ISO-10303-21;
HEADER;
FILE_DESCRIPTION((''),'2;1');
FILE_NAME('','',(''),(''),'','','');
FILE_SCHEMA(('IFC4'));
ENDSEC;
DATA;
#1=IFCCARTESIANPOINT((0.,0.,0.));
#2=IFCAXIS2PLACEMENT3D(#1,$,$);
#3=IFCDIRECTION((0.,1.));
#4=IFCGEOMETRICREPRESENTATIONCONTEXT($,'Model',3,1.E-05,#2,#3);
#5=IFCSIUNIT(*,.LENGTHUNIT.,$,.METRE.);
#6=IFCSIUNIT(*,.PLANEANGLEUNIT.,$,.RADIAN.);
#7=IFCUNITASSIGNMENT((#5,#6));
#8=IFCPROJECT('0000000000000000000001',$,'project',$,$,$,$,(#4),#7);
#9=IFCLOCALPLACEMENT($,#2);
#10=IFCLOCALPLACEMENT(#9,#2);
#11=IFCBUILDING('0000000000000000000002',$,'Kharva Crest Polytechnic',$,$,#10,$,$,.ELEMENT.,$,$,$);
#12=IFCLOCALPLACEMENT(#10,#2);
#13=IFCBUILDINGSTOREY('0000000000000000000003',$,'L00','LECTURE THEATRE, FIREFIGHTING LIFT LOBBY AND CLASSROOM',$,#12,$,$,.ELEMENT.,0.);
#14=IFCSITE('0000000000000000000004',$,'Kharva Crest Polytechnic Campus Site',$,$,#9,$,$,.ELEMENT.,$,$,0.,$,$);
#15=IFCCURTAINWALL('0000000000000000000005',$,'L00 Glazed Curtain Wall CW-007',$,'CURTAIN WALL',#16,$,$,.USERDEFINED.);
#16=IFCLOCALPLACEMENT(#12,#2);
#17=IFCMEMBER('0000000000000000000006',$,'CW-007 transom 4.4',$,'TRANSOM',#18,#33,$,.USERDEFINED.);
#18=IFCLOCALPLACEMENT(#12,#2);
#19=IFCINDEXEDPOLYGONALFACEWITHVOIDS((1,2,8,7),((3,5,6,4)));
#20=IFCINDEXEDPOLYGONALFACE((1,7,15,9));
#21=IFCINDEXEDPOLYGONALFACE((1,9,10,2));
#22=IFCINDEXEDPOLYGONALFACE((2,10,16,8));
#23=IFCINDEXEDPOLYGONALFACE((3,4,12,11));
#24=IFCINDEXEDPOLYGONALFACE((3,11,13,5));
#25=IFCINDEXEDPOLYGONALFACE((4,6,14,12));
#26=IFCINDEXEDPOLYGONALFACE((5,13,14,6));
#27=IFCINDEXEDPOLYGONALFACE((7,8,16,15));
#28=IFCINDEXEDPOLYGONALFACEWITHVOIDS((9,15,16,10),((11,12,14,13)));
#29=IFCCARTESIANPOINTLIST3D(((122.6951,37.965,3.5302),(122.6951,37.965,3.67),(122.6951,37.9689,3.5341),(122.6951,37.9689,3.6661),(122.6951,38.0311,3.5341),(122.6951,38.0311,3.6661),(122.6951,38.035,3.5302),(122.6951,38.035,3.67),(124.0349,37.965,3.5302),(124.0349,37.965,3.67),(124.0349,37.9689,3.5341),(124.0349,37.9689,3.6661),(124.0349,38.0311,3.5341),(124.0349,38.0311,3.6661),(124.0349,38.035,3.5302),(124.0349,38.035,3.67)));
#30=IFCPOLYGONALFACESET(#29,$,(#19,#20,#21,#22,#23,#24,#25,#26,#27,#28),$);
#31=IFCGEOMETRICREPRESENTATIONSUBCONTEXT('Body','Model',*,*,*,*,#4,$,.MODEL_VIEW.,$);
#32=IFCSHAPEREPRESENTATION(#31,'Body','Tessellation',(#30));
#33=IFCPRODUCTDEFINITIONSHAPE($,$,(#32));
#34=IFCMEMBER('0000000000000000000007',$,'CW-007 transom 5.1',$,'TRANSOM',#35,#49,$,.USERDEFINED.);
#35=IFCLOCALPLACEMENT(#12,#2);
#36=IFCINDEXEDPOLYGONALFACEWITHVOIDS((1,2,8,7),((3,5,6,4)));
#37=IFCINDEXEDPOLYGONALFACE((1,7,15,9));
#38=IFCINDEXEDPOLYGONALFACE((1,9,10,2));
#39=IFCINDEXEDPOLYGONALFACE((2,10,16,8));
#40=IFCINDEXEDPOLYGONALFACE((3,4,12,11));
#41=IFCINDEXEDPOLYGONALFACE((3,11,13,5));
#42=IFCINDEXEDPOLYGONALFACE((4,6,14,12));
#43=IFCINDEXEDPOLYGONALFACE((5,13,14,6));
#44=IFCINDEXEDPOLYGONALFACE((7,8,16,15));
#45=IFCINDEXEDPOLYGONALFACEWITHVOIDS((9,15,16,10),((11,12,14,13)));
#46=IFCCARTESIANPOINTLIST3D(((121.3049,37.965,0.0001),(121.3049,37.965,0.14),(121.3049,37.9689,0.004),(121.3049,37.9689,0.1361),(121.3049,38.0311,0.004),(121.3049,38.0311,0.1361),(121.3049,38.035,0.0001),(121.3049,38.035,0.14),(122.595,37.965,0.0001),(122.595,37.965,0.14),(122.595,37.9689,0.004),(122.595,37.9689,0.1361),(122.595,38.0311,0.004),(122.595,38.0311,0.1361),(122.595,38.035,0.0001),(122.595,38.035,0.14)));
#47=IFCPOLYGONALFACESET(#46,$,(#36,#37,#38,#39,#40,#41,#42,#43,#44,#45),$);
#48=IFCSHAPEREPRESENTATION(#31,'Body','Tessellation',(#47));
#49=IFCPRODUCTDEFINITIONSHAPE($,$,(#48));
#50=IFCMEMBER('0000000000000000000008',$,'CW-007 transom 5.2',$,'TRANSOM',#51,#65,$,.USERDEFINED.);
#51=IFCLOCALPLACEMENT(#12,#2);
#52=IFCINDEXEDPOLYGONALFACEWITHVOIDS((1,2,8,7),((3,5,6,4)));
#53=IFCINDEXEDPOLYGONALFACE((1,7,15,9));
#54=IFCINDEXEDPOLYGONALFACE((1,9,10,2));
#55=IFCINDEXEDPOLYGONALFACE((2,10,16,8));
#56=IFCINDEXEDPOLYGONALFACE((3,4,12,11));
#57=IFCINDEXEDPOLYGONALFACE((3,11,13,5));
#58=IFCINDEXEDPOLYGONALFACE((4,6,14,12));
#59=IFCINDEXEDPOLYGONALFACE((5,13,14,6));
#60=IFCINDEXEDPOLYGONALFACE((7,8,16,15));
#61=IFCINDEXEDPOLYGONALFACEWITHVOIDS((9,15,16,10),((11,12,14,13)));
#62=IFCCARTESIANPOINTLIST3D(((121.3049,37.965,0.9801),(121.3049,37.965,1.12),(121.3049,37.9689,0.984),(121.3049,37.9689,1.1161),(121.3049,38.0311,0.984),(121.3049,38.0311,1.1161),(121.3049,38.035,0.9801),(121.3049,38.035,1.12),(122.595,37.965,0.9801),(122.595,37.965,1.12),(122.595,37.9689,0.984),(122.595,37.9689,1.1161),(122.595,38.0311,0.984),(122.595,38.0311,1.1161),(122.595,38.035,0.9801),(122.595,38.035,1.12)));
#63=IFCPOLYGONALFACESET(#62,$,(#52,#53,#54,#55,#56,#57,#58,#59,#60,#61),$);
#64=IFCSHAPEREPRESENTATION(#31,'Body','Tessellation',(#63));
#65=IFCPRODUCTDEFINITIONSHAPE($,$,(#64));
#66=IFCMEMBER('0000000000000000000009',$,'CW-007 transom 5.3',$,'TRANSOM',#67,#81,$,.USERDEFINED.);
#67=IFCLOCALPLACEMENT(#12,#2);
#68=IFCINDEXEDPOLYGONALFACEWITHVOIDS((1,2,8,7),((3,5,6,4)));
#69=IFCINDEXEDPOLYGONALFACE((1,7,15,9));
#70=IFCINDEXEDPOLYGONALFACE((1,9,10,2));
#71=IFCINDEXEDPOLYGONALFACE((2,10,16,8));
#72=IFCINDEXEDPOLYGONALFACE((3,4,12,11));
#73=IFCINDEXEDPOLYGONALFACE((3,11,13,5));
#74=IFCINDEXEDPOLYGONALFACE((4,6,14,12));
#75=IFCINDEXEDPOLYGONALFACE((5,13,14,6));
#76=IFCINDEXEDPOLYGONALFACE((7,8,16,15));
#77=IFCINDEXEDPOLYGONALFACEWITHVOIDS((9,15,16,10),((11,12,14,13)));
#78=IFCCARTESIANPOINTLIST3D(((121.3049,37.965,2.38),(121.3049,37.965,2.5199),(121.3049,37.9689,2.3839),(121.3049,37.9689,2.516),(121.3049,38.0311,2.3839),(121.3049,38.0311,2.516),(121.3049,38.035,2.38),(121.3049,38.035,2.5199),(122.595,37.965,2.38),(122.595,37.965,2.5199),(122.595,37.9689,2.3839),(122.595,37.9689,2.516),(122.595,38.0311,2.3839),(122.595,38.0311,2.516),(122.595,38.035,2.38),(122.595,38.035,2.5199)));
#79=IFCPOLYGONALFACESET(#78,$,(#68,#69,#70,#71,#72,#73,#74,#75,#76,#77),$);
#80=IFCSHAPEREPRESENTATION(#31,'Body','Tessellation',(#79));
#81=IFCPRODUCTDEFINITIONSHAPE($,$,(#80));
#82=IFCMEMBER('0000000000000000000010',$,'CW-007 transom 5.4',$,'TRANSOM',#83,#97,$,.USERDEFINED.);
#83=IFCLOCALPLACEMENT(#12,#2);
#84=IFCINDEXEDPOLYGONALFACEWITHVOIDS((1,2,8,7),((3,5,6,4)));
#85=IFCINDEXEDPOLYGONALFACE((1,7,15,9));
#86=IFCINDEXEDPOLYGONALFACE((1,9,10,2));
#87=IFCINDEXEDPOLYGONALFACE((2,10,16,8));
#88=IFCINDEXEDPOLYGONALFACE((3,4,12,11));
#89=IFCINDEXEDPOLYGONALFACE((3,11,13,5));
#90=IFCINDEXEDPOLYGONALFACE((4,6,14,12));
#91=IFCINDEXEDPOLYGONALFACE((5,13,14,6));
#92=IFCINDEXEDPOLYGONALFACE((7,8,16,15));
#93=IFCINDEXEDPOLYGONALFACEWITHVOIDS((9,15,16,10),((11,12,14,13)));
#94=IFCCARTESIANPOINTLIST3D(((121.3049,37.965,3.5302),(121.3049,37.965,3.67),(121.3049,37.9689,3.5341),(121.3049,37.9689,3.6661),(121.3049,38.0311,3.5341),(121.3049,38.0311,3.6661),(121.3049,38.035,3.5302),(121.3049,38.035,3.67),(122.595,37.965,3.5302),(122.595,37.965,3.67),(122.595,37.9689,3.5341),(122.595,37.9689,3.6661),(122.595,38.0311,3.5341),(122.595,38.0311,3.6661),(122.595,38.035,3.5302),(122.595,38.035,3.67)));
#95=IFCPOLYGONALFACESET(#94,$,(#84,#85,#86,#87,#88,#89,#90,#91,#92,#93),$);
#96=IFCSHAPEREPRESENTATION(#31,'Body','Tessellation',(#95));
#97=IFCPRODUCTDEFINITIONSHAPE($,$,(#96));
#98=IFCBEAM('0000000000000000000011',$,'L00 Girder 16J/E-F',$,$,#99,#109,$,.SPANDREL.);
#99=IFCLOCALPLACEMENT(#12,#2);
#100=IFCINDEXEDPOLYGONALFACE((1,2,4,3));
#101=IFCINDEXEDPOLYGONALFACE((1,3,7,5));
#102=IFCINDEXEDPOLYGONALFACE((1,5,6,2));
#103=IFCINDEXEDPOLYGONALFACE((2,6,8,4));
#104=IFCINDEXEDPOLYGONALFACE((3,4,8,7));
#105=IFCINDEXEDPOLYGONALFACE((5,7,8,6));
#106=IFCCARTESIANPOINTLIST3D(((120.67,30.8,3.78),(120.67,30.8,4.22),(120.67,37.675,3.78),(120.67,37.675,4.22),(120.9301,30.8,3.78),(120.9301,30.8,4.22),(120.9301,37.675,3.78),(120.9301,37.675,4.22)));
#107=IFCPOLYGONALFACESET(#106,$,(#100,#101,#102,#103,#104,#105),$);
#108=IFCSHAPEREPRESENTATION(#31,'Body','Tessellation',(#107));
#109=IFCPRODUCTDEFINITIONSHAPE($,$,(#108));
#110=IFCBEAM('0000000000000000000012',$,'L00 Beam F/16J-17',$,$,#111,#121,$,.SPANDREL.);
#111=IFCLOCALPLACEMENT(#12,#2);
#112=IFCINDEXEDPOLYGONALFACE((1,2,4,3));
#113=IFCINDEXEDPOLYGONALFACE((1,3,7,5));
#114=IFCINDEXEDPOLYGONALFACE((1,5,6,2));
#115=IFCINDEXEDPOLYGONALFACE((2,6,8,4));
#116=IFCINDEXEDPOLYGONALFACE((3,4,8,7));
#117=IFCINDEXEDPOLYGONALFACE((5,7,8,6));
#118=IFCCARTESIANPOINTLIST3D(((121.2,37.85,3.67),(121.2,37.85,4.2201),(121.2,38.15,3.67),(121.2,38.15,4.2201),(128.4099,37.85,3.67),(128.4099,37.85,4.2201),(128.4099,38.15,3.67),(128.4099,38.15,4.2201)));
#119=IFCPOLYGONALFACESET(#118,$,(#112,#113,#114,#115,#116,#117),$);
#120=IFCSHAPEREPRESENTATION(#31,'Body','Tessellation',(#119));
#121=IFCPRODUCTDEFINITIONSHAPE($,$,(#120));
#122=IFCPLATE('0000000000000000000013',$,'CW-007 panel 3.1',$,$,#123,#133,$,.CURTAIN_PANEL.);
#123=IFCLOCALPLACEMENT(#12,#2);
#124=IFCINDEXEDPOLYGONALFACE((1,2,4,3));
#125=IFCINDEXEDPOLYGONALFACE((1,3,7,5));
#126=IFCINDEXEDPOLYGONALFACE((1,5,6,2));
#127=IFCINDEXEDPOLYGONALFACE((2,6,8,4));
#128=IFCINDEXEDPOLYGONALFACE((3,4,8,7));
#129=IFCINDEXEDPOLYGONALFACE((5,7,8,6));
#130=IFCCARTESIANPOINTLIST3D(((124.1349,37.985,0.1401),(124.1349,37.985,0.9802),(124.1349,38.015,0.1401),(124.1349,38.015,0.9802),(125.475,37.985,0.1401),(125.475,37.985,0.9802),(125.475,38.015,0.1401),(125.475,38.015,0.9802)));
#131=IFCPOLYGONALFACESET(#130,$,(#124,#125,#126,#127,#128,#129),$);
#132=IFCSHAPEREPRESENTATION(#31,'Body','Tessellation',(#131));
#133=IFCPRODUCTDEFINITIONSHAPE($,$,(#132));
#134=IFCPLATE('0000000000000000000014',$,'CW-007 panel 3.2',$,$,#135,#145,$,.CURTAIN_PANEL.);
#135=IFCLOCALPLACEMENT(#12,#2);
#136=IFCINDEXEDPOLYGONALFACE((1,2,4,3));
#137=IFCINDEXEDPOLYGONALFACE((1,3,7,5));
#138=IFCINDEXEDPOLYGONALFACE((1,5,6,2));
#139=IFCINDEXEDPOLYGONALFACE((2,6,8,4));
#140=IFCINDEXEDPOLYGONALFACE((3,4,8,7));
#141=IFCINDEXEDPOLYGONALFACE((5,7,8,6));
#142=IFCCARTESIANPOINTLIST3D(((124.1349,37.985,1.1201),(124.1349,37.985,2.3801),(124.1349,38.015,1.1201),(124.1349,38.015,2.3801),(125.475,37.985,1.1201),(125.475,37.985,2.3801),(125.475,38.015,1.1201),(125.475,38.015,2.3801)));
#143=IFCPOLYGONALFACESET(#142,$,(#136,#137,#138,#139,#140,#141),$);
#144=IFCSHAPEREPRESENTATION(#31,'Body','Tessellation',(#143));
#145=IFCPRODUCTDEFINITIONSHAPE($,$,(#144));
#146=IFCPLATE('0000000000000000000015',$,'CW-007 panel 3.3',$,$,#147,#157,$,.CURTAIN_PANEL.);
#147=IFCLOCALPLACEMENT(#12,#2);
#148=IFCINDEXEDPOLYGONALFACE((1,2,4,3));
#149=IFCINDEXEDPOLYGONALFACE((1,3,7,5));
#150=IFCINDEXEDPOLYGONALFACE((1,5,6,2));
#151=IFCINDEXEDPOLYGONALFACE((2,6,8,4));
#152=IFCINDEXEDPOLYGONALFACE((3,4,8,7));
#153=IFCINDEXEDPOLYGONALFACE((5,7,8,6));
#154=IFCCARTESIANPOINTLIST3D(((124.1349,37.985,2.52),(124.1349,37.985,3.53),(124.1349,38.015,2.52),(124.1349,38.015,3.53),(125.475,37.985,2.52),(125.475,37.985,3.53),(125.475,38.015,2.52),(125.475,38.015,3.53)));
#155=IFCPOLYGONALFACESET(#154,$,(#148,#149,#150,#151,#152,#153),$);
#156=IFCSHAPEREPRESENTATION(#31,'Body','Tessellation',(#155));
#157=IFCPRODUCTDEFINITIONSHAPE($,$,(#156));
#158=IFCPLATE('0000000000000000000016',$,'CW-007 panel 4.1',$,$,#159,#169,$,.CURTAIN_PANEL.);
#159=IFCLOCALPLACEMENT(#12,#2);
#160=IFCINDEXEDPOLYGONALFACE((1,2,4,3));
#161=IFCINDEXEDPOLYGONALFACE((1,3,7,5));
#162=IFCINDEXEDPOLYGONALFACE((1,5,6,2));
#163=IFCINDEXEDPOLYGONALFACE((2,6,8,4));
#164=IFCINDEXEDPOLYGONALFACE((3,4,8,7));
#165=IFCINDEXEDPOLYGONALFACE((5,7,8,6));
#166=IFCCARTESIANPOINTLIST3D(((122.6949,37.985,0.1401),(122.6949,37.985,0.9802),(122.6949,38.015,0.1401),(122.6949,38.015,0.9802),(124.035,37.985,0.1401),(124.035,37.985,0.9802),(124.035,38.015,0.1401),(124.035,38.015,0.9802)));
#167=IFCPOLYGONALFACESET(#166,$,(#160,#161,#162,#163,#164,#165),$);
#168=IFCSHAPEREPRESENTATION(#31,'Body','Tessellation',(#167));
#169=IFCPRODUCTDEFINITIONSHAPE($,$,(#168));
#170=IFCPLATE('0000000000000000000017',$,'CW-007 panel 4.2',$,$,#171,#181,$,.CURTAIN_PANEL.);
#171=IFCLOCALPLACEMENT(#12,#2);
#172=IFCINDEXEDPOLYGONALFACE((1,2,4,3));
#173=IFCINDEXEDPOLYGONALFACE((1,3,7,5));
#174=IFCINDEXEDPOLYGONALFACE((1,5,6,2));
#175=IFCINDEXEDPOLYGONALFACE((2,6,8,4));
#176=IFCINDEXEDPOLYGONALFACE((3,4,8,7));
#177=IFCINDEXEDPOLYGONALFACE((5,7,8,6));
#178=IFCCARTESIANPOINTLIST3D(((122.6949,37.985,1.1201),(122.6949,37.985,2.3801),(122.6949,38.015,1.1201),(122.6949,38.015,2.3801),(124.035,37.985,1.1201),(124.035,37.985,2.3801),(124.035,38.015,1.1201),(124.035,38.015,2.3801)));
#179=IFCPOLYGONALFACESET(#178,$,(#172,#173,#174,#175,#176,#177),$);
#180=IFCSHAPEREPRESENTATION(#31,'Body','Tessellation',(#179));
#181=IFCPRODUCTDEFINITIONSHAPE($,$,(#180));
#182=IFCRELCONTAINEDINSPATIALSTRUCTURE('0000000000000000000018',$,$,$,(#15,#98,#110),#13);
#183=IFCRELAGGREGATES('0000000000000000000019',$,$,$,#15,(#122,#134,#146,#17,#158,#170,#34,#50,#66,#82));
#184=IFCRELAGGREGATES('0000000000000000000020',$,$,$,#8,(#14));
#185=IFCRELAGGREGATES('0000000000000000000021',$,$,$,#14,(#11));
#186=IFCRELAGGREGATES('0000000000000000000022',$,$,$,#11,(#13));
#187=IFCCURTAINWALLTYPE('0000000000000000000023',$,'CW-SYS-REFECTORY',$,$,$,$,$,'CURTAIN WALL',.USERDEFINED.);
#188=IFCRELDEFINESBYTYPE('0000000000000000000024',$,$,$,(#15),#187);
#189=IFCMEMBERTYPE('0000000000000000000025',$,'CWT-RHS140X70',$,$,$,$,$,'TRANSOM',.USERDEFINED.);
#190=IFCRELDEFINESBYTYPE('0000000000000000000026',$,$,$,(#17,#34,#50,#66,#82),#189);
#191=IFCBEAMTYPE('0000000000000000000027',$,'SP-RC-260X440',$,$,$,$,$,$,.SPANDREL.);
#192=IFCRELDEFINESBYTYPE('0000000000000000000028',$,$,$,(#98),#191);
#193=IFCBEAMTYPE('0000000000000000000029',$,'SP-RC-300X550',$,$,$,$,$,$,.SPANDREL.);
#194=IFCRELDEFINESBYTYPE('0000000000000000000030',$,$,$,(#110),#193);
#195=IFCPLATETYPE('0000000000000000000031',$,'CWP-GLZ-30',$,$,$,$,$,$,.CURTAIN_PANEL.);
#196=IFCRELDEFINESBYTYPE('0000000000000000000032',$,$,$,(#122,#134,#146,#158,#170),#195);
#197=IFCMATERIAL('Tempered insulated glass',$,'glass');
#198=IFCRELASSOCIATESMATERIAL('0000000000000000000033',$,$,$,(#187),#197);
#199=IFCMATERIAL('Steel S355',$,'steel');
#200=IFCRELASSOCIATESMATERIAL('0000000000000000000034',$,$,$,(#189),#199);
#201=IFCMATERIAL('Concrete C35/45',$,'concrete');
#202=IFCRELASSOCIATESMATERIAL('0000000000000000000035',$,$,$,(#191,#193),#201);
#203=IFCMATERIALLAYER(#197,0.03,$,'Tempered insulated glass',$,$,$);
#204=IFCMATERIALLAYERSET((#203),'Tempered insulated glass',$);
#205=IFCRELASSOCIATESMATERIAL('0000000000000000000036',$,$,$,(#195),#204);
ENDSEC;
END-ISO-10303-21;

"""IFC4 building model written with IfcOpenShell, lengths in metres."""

from ifc_helpers import new_model, si_unit, direction, frame, origin, origin_2d, place, context, subcontext, project, spatial, rectangle, hollow_rectangle, extrude, material, layer, layer_set, material_profile, profile_set, type_object, element, aggregate, save


model = new_model("IFC4")

# Units and contexts
model_context = context("Model", 3, precision=1e-05, world=origin(), true_north=direction((0.0, 1.0)))
body_context = subcontext(model_context, "Body", "Model", "MODEL_VIEW")
ifc_project = project(units=[si_unit("LENGTHUNIT", "METRE"), si_unit("PLANEANGLEUNIT", "RADIAN")], contexts=[model_context])

# Site, building, storey
site_placement = place(None, origin())
site = spatial("IfcSite", under=ifc_project, at=site_placement, Name="Kharva Crest Polytechnic Campus Site", CompositionType="ELEMENT", RefElevation=0.0)
building_placement = place(site_placement, origin())
building = spatial("IfcBuilding", under=site, at=building_placement, Name="Kharva Crest Polytechnic", CompositionType="ELEMENT")
storey_placement = place(building_placement, origin())
storey = spatial("IfcBuildingStorey", under=building, at=storey_placement, Name="L00", Description="LECTURE THEATRE, FIREFIGHTING LIFT LOBBY AND CLASSROOM", CompositionType="ELEMENT", Elevation=0.0)

# Curtain wall, members
ifc_material_1 = material(Name="Tempered insulated glass", Category="glass")
curtain_wall_type = type_object("IfcCurtainWallType", Name="CW-SYS-REFECTORY", ElementType="CURTAIN WALL", PredefinedType="USERDEFINED", material=ifc_material_1)
curtain_wall_placement = place(storey_placement, origin())
curtain_wall = element("IfcCurtainWall", 1, at=curtain_wall_placement, inside=storey, type_object=curtain_wall_type, Name="L00 Glazed Curtain Wall CW-007", ObjectType="CURTAIN WALL", PredefinedType="USERDEFINED")
ifc_material_2 = material(Name="Steel S355", Category="steel")
ifc_material_profile_1 = material_profile(ifc_material_2, hollow_rectangle(XDim=0.0701, YDim=0.1399, WallThickness=0.0039, at=origin_2d()), Name="RHS 140X70X4.0")
ifc_profile_set_1 = profile_set([ifc_material_profile_1], Name="Steel S355")
member_type_1 = type_object("IfcMemberType", Name="CWT-RHS140X70", ElementType="TRANSOM", PredefinedType="USERDEFINED", material=ifc_profile_set_1)
member_1_placement = place(storey_placement, frame((124.0349, 38.0, 3.6001), z_axis=(-1.0, 0.0, 0.0), x_axis=(0.0, -1.0, 0.0)))
member_1 = element("IfcMember", 2, at=member_1_placement, type_object=member_type_1, Name="CW-007 transom 4.4", ObjectType="TRANSOM", PredefinedType="USERDEFINED", context=body_context, shape_type="SweptSolid", body=[
    extrude(hollow_rectangle(XDim=0.0701, YDim=0.1399, WallThickness=0.0039, at=origin_2d()), origin(), (0.0, 0.0, 1.0), 1.3398),
])
member_2_placement = place(storey_placement, frame((122.595, 38.0, 0.0701), z_axis=(-1.0, 0.0, 0.0), x_axis=(0.0, -1.0, 0.0)))
member_2 = element("IfcMember", 3, at=member_2_placement, type_object=member_type_1, Name="CW-007 transom 5.1", ObjectType="TRANSOM", PredefinedType="USERDEFINED", context=body_context, shape_type="SweptSolid", body=[
    extrude(hollow_rectangle(XDim=0.0701, YDim=0.1399, WallThickness=0.0039, at=origin_2d()), origin(), (0.0, 0.0, 1.0), 1.29),
])
member_3_placement = place(storey_placement, frame((122.595, 38.0, 1.05), z_axis=(-1.0, 0.0, 0.0), x_axis=(0.0, -1.0, 0.0)))
member_3 = element("IfcMember", 4, at=member_3_placement, type_object=member_type_1, Name="CW-007 transom 5.2", ObjectType="TRANSOM", PredefinedType="USERDEFINED", context=body_context, shape_type="SweptSolid", body=[
    extrude(hollow_rectangle(XDim=0.0701, YDim=0.1399, WallThickness=0.0039, at=origin_2d()), origin(), (0.0, 0.0, 1.0), 1.29),
])
member_4_placement = place(storey_placement, frame((122.595, 38.0, 2.45), z_axis=(-1.0, 0.0, 0.0), x_axis=(0.0, -1.0, 0.0)))
member_4 = element("IfcMember", 5, at=member_4_placement, type_object=member_type_1, Name="CW-007 transom 5.3", ObjectType="TRANSOM", PredefinedType="USERDEFINED", context=body_context, shape_type="SweptSolid", body=[
    extrude(hollow_rectangle(XDim=0.0701, YDim=0.1399, WallThickness=0.0039, at=origin_2d()), origin(), (0.0, 0.0, 1.0), 1.29),
])
member_5_placement = place(storey_placement, frame((122.595, 38.0, 3.6001), z_axis=(-1.0, 0.0, 0.0), x_axis=(0.0, -1.0, 0.0)))
member_5 = element("IfcMember", 6, at=member_5_placement, type_object=member_type_1, Name="CW-007 transom 5.4", ObjectType="TRANSOM", PredefinedType="USERDEFINED", context=body_context, shape_type="SweptSolid", body=[
    extrude(hollow_rectangle(XDim=0.0701, YDim=0.1399, WallThickness=0.0039, at=origin_2d()), origin(), (0.0, 0.0, 1.0), 1.29),
])

# Beams
ifc_material_3 = material(Name="Concrete C35/45", Category="concrete")
ifc_material_profile_2 = material_profile(ifc_material_3, rectangle(XDim=0.26, YDim=0.4399, at=origin_2d()), Name="RECT 260 X 440")
ifc_profile_set_2 = profile_set([ifc_material_profile_2], Name="Concrete C35/45")
beam_type_1 = type_object("IfcBeamType", Name="SP-RC-260X440", PredefinedType="SPANDREL", material=ifc_profile_set_2)
beam_1_placement = place(storey_placement, frame((120.8, 30.8, 4.0), z_axis=(0.0, 1.0, 0.0), x_axis=(-1.0, 0.0, 0.0)))
element("IfcBeam", 7, at=beam_1_placement, inside=storey, type_object=beam_type_1, Name="L00 Girder 16J/E-F", PredefinedType="SPANDREL", context=body_context, shape_type="SweptSolid", body=[
    extrude(rectangle(XDim=0.26, YDim=0.4399, at=origin_2d()), origin(), (0.0, 0.0, 1.0), 6.875),
])
ifc_material_profile_3 = material_profile(ifc_material_3, rectangle(XDim=0.3, YDim=0.55, at=origin_2d()), Name="RECT 300 X 550")
ifc_profile_set_3 = profile_set([ifc_material_profile_3], Name="Concrete C35/45")
beam_type_2 = type_object("IfcBeamType", Name="SP-RC-300X550", PredefinedType="SPANDREL", material=ifc_profile_set_3)
beam_2_placement = place(storey_placement, frame((121.2, 38.0, 3.9451), z_axis=(1.0, 0.0, 0.0), x_axis=(0.0, 1.0, 0.0)))
element("IfcBeam", 8, at=beam_2_placement, inside=storey, type_object=beam_type_2, Name="L00 Beam F/16J-17", PredefinedType="SPANDREL", context=body_context, shape_type="SweptSolid", body=[
    extrude(rectangle(XDim=0.3, YDim=0.55, at=origin_2d()), origin(), (0.0, 0.0, 1.0), 7.21),
])

# Plates
ifc_layer_1 = layer(ifc_material_1, 0.03, Name="Tempered insulated glass")
ifc_layer_set_1 = layer_set([ifc_layer_1], Name="Tempered insulated glass")
plate_type = type_object("IfcPlateType", Name="CWP-GLZ-30", PredefinedType="CURTAIN_PANEL", material=ifc_layer_set_1)
plate_1_placement = place(storey_placement, frame((124.8049, 38.0, 0.1401), z_axis=(0.0, 0.0, 1.0), x_axis=(-1.0, 0.0, 0.0)))
plate_1 = element("IfcPlate", 9, at=plate_1_placement, type_object=plate_type, Name="CW-007 panel 3.1", PredefinedType="CURTAIN_PANEL", context=body_context, shape_type="SweptSolid", body=[
    extrude(rectangle(XDim=1.3401, YDim=0.03, at=origin_2d()), origin(), (0.0, 0.0, 1.0), 0.8401),
])
plate_2_placement = place(storey_placement, frame((124.8049, 38.0, 1.1201), z_axis=(0.0, 0.0, 1.0), x_axis=(-1.0, 0.0, 0.0)))
plate_2 = element("IfcPlate", 10, at=plate_2_placement, type_object=plate_type, Name="CW-007 panel 3.2", PredefinedType="CURTAIN_PANEL", context=body_context, shape_type="SweptSolid", body=[
    extrude(rectangle(XDim=1.3401, YDim=0.03, at=origin_2d()), origin(), (0.0, 0.0, 1.0), 1.26),
])
plate_3_placement = place(storey_placement, frame((124.8049, 38.0, 2.52), z_axis=(0.0, 0.0, 1.0), x_axis=(-1.0, 0.0, 0.0)))
plate_3 = element("IfcPlate", 11, at=plate_3_placement, type_object=plate_type, Name="CW-007 panel 3.3", PredefinedType="CURTAIN_PANEL", context=body_context, shape_type="SweptSolid", body=[
    extrude(rectangle(XDim=1.3401, YDim=0.03, at=origin_2d()), origin(), (0.0, 0.0, 1.0), 1.01),
])
plate_4_placement = place(storey_placement, frame((123.365, 38.0, 0.1401), z_axis=(0.0, 0.0, 1.0), x_axis=(-1.0, 0.0, 0.0)))
plate_4 = element("IfcPlate", 12, at=plate_4_placement, type_object=plate_type, Name="CW-007 panel 4.1", PredefinedType="CURTAIN_PANEL", context=body_context, shape_type="SweptSolid", body=[
    extrude(rectangle(XDim=1.3401, YDim=0.03, at=origin_2d()), origin(), (0.0, 0.0, 1.0), 0.8401),
])
plate_5_placement = place(storey_placement, frame((123.365, 38.0, 1.1201), z_axis=(0.0, 0.0, 1.0), x_axis=(-1.0, 0.0, 0.0)))
plate_5 = element("IfcPlate", 13, at=plate_5_placement, type_object=plate_type, Name="CW-007 panel 4.2", PredefinedType="CURTAIN_PANEL", context=body_context, shape_type="SweptSolid", body=[
    extrude(rectangle(XDim=1.3401, YDim=0.03, at=origin_2d()), origin(), (0.0, 0.0, 1.0), 1.26),
])
aggregate(curtain_wall, [plate_1, plate_2, plate_3, member_1, plate_4, plate_5, member_2, member_3, member_4, member_5])

save(model, "model.ifc")
